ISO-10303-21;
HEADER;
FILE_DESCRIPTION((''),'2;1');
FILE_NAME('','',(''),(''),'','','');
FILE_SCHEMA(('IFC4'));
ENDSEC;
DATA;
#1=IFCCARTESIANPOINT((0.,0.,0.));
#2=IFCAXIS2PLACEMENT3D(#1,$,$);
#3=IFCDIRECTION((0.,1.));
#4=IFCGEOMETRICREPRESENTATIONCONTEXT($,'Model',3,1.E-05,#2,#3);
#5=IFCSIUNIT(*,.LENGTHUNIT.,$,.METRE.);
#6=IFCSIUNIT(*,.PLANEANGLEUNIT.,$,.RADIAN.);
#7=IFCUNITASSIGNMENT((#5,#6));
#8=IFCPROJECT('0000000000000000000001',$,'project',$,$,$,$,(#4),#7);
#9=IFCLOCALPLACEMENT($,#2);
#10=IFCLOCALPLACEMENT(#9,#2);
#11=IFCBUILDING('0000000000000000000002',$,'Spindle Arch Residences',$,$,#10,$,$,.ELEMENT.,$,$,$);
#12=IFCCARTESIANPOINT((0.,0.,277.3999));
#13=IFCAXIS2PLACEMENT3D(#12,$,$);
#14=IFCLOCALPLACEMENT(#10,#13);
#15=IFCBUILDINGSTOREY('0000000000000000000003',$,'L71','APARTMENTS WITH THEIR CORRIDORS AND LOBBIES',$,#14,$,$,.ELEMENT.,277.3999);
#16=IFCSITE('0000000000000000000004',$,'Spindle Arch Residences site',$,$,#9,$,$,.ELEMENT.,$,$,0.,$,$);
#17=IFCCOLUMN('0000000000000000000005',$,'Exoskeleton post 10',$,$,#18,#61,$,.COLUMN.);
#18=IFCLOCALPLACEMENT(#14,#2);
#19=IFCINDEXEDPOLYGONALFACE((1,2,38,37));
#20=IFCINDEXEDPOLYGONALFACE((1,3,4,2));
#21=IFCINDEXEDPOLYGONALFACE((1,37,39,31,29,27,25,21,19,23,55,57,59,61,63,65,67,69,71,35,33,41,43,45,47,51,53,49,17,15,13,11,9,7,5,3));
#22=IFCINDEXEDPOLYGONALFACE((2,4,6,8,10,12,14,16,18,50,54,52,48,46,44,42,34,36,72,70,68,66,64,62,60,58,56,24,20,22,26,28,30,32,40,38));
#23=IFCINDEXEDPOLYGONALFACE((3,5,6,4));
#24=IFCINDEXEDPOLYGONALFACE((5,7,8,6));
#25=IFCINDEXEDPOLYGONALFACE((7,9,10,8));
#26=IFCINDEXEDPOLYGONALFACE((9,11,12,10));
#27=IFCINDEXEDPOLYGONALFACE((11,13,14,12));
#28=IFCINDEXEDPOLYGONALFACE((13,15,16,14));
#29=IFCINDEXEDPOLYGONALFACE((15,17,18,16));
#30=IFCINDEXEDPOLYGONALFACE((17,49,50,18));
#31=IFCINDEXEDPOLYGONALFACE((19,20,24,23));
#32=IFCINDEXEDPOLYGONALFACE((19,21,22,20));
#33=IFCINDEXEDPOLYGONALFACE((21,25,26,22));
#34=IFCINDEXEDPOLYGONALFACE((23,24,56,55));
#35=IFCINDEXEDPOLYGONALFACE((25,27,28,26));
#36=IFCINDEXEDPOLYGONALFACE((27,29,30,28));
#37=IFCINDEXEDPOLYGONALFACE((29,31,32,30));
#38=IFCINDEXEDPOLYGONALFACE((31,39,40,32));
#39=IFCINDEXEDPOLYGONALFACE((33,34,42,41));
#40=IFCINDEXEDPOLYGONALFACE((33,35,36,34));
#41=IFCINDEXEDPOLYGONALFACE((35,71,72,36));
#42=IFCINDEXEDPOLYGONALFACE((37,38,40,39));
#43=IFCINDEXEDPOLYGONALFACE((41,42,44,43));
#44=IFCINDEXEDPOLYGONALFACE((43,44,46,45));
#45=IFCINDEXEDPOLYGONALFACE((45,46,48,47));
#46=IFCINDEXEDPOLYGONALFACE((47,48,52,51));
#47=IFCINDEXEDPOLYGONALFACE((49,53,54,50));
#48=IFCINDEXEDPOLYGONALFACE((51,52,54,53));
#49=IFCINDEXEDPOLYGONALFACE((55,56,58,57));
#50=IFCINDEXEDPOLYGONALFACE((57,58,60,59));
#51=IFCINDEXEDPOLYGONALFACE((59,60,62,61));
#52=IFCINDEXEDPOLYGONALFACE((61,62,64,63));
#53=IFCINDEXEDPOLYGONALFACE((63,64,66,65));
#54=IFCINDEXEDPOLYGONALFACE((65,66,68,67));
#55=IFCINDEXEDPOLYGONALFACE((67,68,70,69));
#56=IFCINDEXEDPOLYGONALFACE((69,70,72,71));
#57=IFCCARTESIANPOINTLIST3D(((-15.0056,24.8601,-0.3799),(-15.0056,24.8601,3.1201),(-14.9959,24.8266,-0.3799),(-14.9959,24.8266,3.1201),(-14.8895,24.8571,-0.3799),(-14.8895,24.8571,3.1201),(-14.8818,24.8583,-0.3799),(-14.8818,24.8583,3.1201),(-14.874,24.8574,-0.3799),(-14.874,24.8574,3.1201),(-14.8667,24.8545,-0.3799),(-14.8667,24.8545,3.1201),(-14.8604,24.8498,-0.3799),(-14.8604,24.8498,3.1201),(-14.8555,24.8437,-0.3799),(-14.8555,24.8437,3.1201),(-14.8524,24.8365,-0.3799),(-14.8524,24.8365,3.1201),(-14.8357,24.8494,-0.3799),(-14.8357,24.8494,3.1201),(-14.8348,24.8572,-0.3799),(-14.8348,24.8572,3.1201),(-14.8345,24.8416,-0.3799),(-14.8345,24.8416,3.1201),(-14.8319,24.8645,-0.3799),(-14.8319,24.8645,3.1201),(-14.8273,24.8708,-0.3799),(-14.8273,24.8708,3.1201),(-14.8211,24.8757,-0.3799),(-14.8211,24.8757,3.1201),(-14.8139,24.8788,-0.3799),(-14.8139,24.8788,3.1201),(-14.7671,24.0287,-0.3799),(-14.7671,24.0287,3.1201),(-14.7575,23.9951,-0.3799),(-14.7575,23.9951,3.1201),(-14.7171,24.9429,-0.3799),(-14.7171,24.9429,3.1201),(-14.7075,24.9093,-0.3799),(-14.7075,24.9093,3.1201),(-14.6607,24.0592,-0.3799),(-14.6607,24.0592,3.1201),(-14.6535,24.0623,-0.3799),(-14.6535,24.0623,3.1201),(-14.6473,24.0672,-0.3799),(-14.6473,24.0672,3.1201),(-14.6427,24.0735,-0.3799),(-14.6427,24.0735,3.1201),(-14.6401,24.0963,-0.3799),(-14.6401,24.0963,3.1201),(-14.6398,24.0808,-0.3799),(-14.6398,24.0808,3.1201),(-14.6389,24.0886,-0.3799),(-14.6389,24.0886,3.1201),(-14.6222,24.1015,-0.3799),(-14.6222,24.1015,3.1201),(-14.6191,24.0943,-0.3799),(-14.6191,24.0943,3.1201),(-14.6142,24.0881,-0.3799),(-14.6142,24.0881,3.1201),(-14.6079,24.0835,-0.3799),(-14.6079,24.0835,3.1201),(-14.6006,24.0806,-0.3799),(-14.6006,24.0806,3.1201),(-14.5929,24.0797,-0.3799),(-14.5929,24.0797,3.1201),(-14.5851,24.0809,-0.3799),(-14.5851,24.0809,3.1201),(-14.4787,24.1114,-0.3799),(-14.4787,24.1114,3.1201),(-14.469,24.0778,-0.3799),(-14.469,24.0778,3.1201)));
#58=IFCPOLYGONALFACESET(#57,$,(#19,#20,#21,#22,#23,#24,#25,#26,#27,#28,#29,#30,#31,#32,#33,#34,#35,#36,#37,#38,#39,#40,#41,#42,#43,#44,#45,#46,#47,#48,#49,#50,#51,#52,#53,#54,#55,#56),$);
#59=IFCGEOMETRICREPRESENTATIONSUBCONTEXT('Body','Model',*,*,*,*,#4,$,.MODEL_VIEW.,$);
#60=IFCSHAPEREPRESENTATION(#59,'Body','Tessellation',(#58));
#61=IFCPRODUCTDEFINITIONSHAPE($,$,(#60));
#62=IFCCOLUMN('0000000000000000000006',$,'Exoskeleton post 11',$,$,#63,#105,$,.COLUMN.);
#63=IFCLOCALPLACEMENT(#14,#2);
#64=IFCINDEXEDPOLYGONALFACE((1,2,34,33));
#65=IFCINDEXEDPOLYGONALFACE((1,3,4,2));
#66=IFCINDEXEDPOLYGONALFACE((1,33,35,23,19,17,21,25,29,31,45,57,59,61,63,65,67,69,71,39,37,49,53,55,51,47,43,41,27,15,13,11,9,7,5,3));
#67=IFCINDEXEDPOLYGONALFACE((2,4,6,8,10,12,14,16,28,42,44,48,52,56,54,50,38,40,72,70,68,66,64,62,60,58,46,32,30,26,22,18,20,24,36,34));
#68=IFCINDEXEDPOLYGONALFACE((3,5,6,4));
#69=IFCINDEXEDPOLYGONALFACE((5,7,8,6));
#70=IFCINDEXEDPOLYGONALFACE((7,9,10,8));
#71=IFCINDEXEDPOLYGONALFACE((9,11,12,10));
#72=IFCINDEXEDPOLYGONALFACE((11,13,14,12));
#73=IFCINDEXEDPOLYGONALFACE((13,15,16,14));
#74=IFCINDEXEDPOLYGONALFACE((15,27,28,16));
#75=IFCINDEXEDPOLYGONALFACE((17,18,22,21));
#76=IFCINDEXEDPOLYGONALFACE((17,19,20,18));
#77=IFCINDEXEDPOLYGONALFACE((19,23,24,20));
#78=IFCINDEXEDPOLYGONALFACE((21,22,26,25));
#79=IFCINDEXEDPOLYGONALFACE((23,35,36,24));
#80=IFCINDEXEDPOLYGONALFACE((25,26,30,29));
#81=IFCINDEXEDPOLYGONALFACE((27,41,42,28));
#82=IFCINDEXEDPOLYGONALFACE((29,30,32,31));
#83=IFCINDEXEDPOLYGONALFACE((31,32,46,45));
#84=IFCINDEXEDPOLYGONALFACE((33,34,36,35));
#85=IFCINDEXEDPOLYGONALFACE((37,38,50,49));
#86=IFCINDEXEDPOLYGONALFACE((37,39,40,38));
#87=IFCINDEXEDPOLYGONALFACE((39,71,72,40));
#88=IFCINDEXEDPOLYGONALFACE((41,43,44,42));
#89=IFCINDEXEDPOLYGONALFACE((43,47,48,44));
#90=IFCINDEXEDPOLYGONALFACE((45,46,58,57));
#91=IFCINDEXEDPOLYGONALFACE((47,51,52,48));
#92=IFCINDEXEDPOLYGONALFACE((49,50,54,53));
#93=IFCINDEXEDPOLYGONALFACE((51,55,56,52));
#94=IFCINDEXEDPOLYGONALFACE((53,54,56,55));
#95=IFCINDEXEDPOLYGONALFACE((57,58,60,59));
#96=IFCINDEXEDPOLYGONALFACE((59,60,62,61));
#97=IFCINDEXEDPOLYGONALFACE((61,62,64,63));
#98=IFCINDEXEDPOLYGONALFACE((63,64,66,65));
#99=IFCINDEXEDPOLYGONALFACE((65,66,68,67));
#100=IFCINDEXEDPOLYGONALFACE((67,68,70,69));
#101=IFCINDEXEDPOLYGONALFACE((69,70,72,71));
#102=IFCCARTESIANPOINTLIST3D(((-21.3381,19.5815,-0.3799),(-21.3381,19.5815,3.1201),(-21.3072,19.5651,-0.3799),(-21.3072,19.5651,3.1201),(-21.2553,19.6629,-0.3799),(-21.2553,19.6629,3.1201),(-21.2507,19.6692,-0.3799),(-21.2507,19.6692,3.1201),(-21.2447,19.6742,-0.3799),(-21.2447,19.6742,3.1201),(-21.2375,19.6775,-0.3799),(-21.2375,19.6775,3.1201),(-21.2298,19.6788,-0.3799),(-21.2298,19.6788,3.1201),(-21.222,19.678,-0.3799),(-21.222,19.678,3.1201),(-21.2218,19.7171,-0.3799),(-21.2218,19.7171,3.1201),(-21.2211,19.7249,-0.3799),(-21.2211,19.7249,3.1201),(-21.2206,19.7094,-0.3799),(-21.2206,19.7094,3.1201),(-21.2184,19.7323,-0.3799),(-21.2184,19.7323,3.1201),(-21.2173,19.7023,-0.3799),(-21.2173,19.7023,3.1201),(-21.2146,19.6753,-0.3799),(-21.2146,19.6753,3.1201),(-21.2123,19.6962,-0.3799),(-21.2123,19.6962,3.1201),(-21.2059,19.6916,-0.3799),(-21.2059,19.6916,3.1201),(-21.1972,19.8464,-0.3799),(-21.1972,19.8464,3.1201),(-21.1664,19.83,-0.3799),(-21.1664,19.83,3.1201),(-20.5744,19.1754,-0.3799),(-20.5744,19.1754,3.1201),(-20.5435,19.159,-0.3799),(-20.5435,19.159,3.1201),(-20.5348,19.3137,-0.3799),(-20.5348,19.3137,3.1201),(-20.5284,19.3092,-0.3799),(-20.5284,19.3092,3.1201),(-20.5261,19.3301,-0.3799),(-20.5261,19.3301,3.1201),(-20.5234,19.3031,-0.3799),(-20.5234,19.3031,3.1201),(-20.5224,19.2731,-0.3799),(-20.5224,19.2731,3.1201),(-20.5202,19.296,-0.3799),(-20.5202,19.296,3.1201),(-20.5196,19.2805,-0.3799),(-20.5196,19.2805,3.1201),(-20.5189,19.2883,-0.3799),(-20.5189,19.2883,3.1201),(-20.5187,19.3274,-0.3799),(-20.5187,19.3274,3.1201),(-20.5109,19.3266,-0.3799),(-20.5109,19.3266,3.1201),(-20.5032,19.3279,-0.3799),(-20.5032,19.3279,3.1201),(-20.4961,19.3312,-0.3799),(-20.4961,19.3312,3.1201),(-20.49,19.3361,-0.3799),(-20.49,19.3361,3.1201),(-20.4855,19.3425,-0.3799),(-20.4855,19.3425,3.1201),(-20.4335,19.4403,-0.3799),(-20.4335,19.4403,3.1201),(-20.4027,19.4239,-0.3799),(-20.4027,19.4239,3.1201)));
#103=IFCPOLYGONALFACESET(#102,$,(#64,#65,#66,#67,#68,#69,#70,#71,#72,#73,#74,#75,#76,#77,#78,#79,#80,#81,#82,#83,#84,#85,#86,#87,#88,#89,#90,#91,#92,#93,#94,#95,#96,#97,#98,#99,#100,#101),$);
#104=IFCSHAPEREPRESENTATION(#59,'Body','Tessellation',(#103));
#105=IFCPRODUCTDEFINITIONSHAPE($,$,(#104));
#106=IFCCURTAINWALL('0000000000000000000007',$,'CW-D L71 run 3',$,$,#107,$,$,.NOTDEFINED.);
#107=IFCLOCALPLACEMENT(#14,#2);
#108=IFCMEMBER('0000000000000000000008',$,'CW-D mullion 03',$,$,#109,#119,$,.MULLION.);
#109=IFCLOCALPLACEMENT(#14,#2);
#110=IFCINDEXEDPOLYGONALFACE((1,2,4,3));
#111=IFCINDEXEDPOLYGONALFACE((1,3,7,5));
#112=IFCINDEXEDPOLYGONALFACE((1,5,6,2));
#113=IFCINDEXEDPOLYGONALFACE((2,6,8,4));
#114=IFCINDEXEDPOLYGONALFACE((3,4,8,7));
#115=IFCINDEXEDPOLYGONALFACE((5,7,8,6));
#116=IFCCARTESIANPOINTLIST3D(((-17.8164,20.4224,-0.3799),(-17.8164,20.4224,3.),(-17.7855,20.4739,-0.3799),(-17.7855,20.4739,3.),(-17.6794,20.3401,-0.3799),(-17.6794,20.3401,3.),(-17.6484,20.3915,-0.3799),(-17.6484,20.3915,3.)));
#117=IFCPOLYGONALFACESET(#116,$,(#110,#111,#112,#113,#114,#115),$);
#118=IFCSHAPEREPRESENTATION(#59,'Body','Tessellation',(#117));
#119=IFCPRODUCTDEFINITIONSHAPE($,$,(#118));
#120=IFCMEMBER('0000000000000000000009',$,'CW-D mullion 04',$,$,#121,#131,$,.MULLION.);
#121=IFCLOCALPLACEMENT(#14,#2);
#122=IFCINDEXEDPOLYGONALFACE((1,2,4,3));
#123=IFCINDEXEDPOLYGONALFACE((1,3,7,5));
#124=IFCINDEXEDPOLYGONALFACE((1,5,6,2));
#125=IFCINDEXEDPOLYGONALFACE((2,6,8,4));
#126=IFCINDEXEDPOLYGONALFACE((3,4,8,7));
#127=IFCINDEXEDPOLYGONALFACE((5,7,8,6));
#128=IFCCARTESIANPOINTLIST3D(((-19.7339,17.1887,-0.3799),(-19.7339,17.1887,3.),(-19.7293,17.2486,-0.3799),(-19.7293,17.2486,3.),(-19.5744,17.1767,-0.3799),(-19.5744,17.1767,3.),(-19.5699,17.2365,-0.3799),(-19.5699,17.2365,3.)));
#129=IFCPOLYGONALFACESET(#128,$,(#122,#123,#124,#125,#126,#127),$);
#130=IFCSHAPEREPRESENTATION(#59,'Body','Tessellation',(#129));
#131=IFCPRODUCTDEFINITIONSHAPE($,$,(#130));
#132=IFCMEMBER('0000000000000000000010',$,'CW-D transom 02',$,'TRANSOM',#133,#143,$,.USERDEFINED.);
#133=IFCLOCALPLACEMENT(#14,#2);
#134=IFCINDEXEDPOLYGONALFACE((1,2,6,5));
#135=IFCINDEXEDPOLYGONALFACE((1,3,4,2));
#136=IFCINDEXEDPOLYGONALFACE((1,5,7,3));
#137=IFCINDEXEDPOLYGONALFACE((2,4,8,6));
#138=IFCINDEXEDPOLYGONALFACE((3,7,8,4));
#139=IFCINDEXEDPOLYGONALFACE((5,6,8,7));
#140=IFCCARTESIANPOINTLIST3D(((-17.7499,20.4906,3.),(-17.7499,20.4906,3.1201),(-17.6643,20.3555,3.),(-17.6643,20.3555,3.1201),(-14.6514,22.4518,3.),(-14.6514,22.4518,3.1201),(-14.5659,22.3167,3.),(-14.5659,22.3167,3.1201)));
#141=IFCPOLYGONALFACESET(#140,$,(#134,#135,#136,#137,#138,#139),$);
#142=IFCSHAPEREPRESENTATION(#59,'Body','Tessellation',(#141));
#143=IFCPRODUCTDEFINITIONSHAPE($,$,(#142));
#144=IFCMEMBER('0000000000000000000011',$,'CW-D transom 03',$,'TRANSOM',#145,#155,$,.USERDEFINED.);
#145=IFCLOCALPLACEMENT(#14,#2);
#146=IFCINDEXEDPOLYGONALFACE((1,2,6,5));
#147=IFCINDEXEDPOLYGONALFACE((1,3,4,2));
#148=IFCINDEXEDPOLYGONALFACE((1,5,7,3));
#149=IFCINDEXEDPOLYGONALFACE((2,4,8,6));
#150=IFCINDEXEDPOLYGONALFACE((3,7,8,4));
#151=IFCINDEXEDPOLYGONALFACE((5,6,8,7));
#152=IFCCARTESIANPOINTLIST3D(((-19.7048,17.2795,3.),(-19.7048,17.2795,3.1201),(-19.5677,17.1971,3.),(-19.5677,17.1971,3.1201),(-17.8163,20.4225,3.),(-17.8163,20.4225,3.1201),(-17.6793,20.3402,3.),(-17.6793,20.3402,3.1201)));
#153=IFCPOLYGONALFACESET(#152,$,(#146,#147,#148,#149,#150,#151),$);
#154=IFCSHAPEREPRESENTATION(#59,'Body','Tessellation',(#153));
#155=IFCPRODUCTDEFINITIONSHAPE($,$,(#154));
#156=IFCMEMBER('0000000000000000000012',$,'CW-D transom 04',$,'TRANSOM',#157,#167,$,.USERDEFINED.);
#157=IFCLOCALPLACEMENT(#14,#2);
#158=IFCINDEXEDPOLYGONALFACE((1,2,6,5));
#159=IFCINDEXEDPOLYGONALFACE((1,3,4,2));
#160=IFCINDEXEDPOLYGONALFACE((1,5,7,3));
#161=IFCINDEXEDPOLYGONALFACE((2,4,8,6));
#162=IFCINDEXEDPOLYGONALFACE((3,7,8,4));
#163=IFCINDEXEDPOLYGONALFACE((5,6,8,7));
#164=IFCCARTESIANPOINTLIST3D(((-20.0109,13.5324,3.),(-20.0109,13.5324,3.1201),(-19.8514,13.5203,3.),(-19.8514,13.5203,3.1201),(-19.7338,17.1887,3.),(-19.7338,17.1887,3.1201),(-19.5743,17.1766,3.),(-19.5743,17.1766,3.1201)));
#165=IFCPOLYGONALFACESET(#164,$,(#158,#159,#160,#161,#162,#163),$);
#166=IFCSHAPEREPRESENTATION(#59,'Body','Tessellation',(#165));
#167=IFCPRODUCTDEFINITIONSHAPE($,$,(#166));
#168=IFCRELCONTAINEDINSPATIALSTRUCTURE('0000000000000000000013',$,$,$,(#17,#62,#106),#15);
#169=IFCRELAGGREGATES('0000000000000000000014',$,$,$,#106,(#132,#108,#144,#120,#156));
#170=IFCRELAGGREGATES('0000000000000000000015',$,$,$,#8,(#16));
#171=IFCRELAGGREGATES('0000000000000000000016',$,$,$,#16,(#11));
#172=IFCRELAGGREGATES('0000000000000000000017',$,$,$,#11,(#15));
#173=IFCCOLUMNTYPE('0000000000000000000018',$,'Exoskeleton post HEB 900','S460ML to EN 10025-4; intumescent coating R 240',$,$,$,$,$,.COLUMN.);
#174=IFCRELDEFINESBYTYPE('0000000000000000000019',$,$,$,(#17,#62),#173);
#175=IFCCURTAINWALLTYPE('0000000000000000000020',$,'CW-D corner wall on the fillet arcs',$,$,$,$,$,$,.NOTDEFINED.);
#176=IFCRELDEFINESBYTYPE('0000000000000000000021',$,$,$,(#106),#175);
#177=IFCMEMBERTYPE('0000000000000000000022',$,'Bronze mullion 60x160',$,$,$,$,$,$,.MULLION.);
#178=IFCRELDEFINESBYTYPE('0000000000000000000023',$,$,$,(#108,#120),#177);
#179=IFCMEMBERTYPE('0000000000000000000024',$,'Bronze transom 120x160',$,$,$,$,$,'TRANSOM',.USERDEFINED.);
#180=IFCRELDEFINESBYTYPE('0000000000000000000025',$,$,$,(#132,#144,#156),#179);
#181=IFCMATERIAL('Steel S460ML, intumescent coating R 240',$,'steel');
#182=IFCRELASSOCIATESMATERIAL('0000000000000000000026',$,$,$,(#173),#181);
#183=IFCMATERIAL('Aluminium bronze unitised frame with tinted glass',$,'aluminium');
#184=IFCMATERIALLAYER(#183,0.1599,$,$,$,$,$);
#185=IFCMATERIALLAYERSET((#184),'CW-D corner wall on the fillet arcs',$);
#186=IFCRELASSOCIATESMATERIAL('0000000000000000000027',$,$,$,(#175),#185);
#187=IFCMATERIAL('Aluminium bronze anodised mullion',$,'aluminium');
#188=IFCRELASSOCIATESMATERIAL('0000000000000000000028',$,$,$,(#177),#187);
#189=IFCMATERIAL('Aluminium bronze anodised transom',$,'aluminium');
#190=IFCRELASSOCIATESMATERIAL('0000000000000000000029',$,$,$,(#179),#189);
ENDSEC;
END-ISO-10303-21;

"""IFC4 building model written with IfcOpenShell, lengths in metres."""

from ifc_helpers import new_model, si_unit, direction, frame, origin, origin_2d, place, context, subcontext, project, spatial, rectangle, i_section, extrude, material, layer, layer_set, material_profile, profile_set, type_object, element, aggregate, save


model = new_model("IFC4")

# Units and contexts
model_context = context("Model", 3, precision=1e-05, world=origin(), true_north=direction((0.0, 1.0)))
body_context = subcontext(model_context, "Body", "Model", "MODEL_VIEW")
ifc_project = project(units=[si_unit("LENGTHUNIT", "METRE"), si_unit("PLANEANGLEUNIT", "RADIAN")], contexts=[model_context])

# Site, building, storey
site_placement = place(None, origin())
site = spatial("IfcSite", under=ifc_project, at=site_placement, Name="Spindle Arch Residences site", CompositionType="ELEMENT", RefElevation=0.0)
building_placement = place(site_placement, origin())
building = spatial("IfcBuilding", under=site, at=building_placement, Name="Spindle Arch Residences", CompositionType="ELEMENT")
storey_placement = place(building_placement, frame((0.0, 0.0, 277.3999)))
storey = spatial("IfcBuildingStorey", under=building, at=storey_placement, Name="L71", Description="APARTMENTS WITH THEIR CORRIDORS AND LOBBIES", CompositionType="ELEMENT", Elevation=277.3999)

# Columns
ifc_material_1 = material(Name="Steel S460ML, intumescent coating R 240", Category="steel")
ifc_material_profile_1 = material_profile(ifc_material_1, i_section(OverallWidth=0.3, OverallDepth=0.8999, WebThickness=0.0186, FlangeThickness=0.0349, FilletRadius=0.03, at=origin_2d()), Name="HEB 900")
ifc_profile_set_1 = profile_set([ifc_material_profile_1], Name="Steel S460ML, intumescent coating R 240")
column_type = type_object("IfcColumnType", Name="Exoskeleton post HEB 900", Description="S460ML to EN 10025-4; intumescent coating R 240", PredefinedType="COLUMN", material=ifc_profile_set_1)
for number, where, z_axis, x_axis, name in (
    (1, (-14.7373, 24.469, -0.3799), (0.0, 0.0, 1.0), (0.961245, 0.275695, 0.0), "Exoskeleton post 10"),
    (2, (-20.8704, 19.5027, -0.3799), (0.0, 0.0, 1.0), (0.469525, 0.882919, 0.0), "Exoskeleton post 11"),
):
    element("IfcColumn", number, at=place(storey_placement, frame(where, z_axis=z_axis, x_axis=x_axis)), inside=storey, type_object=column_type, Name=name, PredefinedType="COLUMN", context=body_context, shape_type="SweptSolid", body=[
        extrude(i_section(OverallWidth=0.3, OverallDepth=0.8999, WebThickness=0.0186, FlangeThickness=0.0349, FilletRadius=0.03, at=origin_2d()), origin(), (0.0, 0.0, 1.0), 3.5),
    ])

# Curtain wall, members
ifc_material_2 = material(Name="Aluminium bronze unitised frame with tinted glass", Category="aluminium")
ifc_layer_1 = layer(ifc_material_2, 0.1599)
ifc_layer_set_1 = layer_set([ifc_layer_1], Name="CW-D corner wall on the fillet arcs")
curtain_wall_type = type_object("IfcCurtainWallType", Name="CW-D corner wall on the fillet arcs", PredefinedType="NOTDEFINED", material=ifc_layer_set_1)
curtain_wall_placement = place(storey_placement, origin())
curtain_wall = element("IfcCurtainWall", 3, at=curtain_wall_placement, inside=storey, type_object=curtain_wall_type, Name="CW-D L71 run 3", PredefinedType="NOTDEFINED")
ifc_material_3 = material(Name="Aluminium bronze anodised mullion", Category="aluminium")
ifc_material_profile_2 = material_profile(ifc_material_3, rectangle(XDim=0.1599, YDim=0.0601, at=origin_2d()), Name="MU 60x160")
ifc_profile_set_2 = profile_set([ifc_material_profile_2], Name="Aluminium bronze anodised mullion")
member_type_1 = type_object("IfcMemberType", Name="Bronze mullion 60x160", PredefinedType="MULLION", material=ifc_profile_set_2)
member_1_placement = place(storey_placement, frame((-17.7324, 20.407, -0.3799), z_axis=(0.0, 0.0, 1.0), x_axis=(0.857167, -0.515038, 0.0)))
member_1 = element("IfcMember", 4, at=member_1_placement, type_object=member_type_1, Name="CW-D mullion 03", PredefinedType="MULLION", context=body_context, shape_type="SweptSolid", body=[
    extrude(rectangle(XDim=0.1599, YDim=0.0601, at=origin_2d()), origin(), (0.0, 0.0, 1.0), 3.3799),
])
member_2_placement = place(storey_placement, frame((-19.6519, 17.2126, -0.3799), z_axis=(0.0, 0.0, 1.0), x_axis=(0.997141, -0.075559, 0.0)))
member_2 = element("IfcMember", 5, at=member_2_placement, type_object=member_type_1, Name="CW-D mullion 04", PredefinedType="MULLION", context=body_context, shape_type="SweptSolid", body=[
    extrude(rectangle(XDim=0.1599, YDim=0.0601, at=origin_2d()), origin(), (0.0, 0.0, 1.0), 3.3799),
])
ifc_material_4 = material(Name="Aluminium bronze anodised transom", Category="aluminium")
ifc_material_profile_3 = material_profile(ifc_material_4, rectangle(XDim=0.1599, YDim=0.1201, at=origin_2d()), Name="TR 120x160")
ifc_profile_set_3 = profile_set([ifc_material_profile_3], Name="Aluminium bronze anodised transom")
member_type_2 = type_object("IfcMemberType", Name="Bronze transom 120x160", ElementType="TRANSOM", PredefinedType="USERDEFINED", material=ifc_profile_set_3)
member_3_placement = place(storey_placement, frame((-14.6086, 22.3843, 3.0601), z_axis=(-0.844958, -0.534832, 0.0), x_axis=(0.534832, -0.844958, 0.0)))
member_3 = element("IfcMember", 6, at=member_3_placement, type_object=member_type_2, Name="CW-D transom 02", ObjectType="TRANSOM", PredefinedType="USERDEFINED", context=body_context, shape_type="SweptSolid", body=[
    extrude(rectangle(XDim=0.1599, YDim=0.1201, at=origin_2d()), origin(), (0.0, 0.0, 1.0), 3.667),
])
member_4_placement = place(storey_placement, frame((-17.7478, 20.3813, 3.0601), z_axis=(-0.515015, -0.857181, 0.0), x_axis=(0.857181, -0.515015, 0.0)))
member_4 = element("IfcMember", 7, at=member_4_placement, type_object=member_type_2, Name="CW-D transom 03", ObjectType="TRANSOM", PredefinedType="USERDEFINED", context=body_context, shape_type="SweptSolid", body=[
    extrude(rectangle(XDim=0.1599, YDim=0.1201, at=origin_2d()), origin(), (0.0, 0.0, 1.0), 3.6667),
])
member_5_placement = place(storey_placement, frame((-19.6541, 17.1826, 3.0601), z_axis=(-0.075571, -0.99714, 0.0), x_axis=(0.99714, -0.075571, 0.0)))
member_5 = element("IfcMember", 8, at=member_5_placement, type_object=member_type_2, Name="CW-D transom 04", ObjectType="TRANSOM", PredefinedType="USERDEFINED", context=body_context, shape_type="SweptSolid", body=[
    extrude(rectangle(XDim=0.1599, YDim=0.1201, at=origin_2d()), origin(), (0.0, 0.0, 1.0), 3.6667),
])

aggregate(curtain_wall, [member_3, member_1, member_4, member_2, member_5])

save(model, "model.ifc")
